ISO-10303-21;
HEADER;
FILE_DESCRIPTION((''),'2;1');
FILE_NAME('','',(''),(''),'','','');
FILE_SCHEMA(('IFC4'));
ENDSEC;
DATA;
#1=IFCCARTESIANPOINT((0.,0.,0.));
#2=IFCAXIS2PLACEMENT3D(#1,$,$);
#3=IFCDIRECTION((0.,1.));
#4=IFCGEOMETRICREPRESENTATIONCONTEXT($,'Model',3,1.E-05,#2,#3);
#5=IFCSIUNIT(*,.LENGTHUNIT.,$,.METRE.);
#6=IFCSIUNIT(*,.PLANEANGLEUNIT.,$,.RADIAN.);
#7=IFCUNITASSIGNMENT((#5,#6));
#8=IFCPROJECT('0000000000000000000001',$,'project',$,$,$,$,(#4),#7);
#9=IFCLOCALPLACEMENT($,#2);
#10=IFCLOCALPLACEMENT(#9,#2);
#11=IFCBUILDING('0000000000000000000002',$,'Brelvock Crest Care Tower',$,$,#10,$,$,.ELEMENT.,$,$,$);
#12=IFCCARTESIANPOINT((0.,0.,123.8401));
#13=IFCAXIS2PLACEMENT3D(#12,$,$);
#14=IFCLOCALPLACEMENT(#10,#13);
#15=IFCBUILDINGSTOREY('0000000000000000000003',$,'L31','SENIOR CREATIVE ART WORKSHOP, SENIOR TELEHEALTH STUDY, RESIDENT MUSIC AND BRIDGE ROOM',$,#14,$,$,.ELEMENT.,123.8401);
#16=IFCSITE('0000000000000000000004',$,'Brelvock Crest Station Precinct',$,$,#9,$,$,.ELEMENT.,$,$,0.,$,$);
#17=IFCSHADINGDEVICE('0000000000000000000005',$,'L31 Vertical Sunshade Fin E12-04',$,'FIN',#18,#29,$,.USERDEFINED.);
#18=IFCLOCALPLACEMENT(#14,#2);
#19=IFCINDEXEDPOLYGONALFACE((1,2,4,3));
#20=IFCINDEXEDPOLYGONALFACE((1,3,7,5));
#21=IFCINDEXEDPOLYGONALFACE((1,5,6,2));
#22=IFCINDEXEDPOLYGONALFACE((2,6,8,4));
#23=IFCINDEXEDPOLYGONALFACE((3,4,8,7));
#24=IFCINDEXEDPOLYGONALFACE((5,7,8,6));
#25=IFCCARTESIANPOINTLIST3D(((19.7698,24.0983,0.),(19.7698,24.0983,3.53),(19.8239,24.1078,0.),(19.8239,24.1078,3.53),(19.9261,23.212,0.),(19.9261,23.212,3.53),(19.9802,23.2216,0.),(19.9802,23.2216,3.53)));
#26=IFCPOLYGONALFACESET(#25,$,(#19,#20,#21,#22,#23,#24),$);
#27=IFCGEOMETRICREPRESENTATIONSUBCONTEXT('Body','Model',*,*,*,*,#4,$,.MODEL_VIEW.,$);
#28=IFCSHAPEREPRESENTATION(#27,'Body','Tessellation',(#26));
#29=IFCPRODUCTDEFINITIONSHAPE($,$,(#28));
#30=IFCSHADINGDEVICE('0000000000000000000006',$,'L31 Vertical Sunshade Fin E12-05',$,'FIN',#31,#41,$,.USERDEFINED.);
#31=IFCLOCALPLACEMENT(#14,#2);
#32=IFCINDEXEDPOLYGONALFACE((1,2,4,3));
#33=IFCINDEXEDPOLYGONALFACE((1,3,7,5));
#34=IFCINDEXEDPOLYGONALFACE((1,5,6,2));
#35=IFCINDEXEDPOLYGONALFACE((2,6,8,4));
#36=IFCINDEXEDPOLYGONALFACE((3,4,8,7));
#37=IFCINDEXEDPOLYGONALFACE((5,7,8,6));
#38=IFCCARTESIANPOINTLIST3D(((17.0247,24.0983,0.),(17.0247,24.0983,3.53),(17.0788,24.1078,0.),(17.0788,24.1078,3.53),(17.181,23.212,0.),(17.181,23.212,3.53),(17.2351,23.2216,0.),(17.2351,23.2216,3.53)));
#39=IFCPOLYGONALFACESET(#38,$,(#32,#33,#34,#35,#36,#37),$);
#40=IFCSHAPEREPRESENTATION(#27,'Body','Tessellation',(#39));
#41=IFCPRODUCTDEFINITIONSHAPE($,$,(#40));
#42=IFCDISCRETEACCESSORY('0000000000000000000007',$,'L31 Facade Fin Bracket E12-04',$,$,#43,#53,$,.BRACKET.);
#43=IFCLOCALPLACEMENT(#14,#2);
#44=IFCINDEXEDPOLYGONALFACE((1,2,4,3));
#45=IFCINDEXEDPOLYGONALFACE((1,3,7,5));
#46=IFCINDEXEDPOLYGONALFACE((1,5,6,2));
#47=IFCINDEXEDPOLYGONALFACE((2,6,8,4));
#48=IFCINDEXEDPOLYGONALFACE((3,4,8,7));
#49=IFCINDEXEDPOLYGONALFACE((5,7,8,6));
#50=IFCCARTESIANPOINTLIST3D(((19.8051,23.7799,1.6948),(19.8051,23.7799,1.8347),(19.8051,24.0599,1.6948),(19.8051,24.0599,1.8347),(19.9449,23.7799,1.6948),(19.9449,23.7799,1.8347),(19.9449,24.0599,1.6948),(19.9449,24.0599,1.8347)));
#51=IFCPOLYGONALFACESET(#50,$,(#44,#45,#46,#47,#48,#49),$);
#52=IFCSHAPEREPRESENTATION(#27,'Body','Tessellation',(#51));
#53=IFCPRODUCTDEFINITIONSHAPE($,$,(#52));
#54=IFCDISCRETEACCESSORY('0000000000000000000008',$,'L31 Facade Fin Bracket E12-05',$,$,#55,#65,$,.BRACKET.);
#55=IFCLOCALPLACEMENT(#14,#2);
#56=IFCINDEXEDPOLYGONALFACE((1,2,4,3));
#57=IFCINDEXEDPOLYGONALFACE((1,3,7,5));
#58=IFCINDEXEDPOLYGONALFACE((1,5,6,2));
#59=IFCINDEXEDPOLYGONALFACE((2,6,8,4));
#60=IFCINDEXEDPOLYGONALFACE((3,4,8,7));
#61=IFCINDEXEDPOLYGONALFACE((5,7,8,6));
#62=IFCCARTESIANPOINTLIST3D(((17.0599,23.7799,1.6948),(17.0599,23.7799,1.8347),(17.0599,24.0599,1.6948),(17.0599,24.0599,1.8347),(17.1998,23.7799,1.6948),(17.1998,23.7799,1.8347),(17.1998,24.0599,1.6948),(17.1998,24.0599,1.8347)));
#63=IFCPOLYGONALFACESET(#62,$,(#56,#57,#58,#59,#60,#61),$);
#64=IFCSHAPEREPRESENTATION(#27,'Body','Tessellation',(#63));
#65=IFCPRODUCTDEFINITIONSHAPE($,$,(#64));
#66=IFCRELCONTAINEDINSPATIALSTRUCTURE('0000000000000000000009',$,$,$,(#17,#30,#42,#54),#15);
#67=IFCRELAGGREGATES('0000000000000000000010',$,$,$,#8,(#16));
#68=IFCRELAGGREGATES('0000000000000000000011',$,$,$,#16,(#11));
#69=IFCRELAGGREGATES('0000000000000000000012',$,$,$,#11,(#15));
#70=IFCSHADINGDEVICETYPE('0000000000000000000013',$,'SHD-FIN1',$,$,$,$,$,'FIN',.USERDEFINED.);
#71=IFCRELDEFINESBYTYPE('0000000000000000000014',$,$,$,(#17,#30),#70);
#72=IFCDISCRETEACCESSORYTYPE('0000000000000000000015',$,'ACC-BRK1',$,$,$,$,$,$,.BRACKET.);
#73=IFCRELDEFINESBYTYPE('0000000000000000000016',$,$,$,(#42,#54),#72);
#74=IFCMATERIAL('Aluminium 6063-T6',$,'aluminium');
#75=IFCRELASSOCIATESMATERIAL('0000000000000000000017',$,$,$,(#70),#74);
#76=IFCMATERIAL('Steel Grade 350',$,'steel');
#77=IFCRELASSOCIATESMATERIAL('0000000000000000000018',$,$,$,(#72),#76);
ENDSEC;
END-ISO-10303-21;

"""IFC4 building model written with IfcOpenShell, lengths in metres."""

from ifc_helpers import new_model, si_unit, direction, frame, origin, origin_2d, place, context, subcontext, project, spatial, rectangle, extrude, source, transform, mapped, material, material_profile, profile_set, type_object, element, save


model = new_model("IFC4")

# Units and contexts
model_context = context("Model", 3, precision=1e-05, world=origin(), true_north=direction((0.0, 1.0)))
body_context = subcontext(model_context, "Body", "Model", "MODEL_VIEW")
ifc_project = project(units=[si_unit("LENGTHUNIT", "METRE"), si_unit("PLANEANGLEUNIT", "RADIAN")], contexts=[model_context])

# Site, building, storey
site_placement = place(None, origin())
site = spatial("IfcSite", under=ifc_project, at=site_placement, Name="Brelvock Crest Station Precinct", CompositionType="ELEMENT", RefElevation=0.0)
building_placement = place(site_placement, origin())
building = spatial("IfcBuilding", under=site, at=building_placement, Name="Brelvock Crest Care Tower", CompositionType="ELEMENT")
storey_placement = place(building_placement, frame((0.0, 0.0, 123.8401)))
storey = spatial("IfcBuildingStorey", under=building, at=storey_placement, Name="L31", Description="SENIOR CREATIVE ART WORKSHOP, SENIOR TELEHEALTH STUDY, RESIDENT MUSIC AND BRIDGE ROOM", CompositionType="ELEMENT", Elevation=123.8401)

# Shared definitions
ifc_material_1 = material(Name="Steel Grade 350", Category="steel")

# Shared definitions
ifc_material_2 = material(Name="Aluminium 6063-T6", Category="aluminium")

# Shading devices
ifc_material_profile_1 = material_profile(ifc_material_2, rectangle(XDim=0.0549, YDim=0.8999, at=origin_2d()), Name="FIN55x900")
ifc_profile_set_1 = profile_set([ifc_material_profile_1], Name="Aluminium 6063-T6")
shading_device_type = type_object("IfcShadingDeviceType", Name="SHD-FIN1", ElementType="FIN", PredefinedType="USERDEFINED", material=ifc_profile_set_1)
shared_shape_1 = source(origin(), body_context, "Body", "SweptSolid", [
    extrude(rectangle(XDim=0.0549, YDim=0.8999, at=origin_2d()), origin(), (0.0, 0.0, 1.0), 3.53),
])
for number, where, z_axis, x_axis, name in (
    (1, (19.875, 23.6599, 0.0), (0.0, 0.0, 1.0), (-0.984808, -0.173648, 0.0), "L31 Vertical Sunshade Fin E12-04"),
    (2, (17.1299, 23.6599, 0.0), (0.0, 0.0, 1.0), (-0.984808, -0.173648, 0.0), "L31 Vertical Sunshade Fin E12-05"),
):
    element("IfcShadingDevice", number, at=place(storey_placement, frame(where, z_axis=z_axis, x_axis=x_axis)), inside=storey, type_object=shading_device_type, Name=name, ObjectType="FIN", PredefinedType="USERDEFINED", context=body_context, shape_type="MappedRepresentation", body=[
        mapped(shared_shape_1, transform((0.0, 0.0, 0.0), x_axis=(1.0, 0.0, 0.0), y_axis=(0.0, 1.0, 0.0), z_axis=(0.0, 0.0, 1.0), scale=1.0)),
    ])

# Discrete accessories
discrete_accessory_type = type_object("IfcDiscreteAccessoryType", Name="ACC-BRK1", PredefinedType="BRACKET", material=ifc_material_1)
shared_shape_2 = source(origin(), body_context, "Body", "SweptSolid", [
    extrude(rectangle(XDim=0.28, YDim=0.1399, at=origin_2d()), origin(), (0.0, 0.0, 1.0), 0.1399),
])
for number, where, z_axis, x_axis, name in (
    (3, (19.875, 23.9199, 1.6948), (0.0, 0.0, 1.0), (0.0, -1.0, 0.0), "L31 Facade Fin Bracket E12-04"),
    (4, (17.1299, 23.9199, 1.6948), (0.0, 0.0, 1.0), (0.0, -1.0, 0.0), "L31 Facade Fin Bracket E12-05"),
):
    element("IfcDiscreteAccessory", number, at=place(storey_placement, frame(where, z_axis=z_axis, x_axis=x_axis)), inside=storey, type_object=discrete_accessory_type, Name=name, PredefinedType="BRACKET", context=body_context, shape_type="MappedRepresentation", body=[
        mapped(shared_shape_2, transform((0.0, 0.0, 0.0), x_axis=(1.0, 0.0, 0.0), y_axis=(0.0, 1.0, 0.0), z_axis=(0.0, 0.0, 1.0), scale=1.0)),
    ])

save(model, "model.ifc")
